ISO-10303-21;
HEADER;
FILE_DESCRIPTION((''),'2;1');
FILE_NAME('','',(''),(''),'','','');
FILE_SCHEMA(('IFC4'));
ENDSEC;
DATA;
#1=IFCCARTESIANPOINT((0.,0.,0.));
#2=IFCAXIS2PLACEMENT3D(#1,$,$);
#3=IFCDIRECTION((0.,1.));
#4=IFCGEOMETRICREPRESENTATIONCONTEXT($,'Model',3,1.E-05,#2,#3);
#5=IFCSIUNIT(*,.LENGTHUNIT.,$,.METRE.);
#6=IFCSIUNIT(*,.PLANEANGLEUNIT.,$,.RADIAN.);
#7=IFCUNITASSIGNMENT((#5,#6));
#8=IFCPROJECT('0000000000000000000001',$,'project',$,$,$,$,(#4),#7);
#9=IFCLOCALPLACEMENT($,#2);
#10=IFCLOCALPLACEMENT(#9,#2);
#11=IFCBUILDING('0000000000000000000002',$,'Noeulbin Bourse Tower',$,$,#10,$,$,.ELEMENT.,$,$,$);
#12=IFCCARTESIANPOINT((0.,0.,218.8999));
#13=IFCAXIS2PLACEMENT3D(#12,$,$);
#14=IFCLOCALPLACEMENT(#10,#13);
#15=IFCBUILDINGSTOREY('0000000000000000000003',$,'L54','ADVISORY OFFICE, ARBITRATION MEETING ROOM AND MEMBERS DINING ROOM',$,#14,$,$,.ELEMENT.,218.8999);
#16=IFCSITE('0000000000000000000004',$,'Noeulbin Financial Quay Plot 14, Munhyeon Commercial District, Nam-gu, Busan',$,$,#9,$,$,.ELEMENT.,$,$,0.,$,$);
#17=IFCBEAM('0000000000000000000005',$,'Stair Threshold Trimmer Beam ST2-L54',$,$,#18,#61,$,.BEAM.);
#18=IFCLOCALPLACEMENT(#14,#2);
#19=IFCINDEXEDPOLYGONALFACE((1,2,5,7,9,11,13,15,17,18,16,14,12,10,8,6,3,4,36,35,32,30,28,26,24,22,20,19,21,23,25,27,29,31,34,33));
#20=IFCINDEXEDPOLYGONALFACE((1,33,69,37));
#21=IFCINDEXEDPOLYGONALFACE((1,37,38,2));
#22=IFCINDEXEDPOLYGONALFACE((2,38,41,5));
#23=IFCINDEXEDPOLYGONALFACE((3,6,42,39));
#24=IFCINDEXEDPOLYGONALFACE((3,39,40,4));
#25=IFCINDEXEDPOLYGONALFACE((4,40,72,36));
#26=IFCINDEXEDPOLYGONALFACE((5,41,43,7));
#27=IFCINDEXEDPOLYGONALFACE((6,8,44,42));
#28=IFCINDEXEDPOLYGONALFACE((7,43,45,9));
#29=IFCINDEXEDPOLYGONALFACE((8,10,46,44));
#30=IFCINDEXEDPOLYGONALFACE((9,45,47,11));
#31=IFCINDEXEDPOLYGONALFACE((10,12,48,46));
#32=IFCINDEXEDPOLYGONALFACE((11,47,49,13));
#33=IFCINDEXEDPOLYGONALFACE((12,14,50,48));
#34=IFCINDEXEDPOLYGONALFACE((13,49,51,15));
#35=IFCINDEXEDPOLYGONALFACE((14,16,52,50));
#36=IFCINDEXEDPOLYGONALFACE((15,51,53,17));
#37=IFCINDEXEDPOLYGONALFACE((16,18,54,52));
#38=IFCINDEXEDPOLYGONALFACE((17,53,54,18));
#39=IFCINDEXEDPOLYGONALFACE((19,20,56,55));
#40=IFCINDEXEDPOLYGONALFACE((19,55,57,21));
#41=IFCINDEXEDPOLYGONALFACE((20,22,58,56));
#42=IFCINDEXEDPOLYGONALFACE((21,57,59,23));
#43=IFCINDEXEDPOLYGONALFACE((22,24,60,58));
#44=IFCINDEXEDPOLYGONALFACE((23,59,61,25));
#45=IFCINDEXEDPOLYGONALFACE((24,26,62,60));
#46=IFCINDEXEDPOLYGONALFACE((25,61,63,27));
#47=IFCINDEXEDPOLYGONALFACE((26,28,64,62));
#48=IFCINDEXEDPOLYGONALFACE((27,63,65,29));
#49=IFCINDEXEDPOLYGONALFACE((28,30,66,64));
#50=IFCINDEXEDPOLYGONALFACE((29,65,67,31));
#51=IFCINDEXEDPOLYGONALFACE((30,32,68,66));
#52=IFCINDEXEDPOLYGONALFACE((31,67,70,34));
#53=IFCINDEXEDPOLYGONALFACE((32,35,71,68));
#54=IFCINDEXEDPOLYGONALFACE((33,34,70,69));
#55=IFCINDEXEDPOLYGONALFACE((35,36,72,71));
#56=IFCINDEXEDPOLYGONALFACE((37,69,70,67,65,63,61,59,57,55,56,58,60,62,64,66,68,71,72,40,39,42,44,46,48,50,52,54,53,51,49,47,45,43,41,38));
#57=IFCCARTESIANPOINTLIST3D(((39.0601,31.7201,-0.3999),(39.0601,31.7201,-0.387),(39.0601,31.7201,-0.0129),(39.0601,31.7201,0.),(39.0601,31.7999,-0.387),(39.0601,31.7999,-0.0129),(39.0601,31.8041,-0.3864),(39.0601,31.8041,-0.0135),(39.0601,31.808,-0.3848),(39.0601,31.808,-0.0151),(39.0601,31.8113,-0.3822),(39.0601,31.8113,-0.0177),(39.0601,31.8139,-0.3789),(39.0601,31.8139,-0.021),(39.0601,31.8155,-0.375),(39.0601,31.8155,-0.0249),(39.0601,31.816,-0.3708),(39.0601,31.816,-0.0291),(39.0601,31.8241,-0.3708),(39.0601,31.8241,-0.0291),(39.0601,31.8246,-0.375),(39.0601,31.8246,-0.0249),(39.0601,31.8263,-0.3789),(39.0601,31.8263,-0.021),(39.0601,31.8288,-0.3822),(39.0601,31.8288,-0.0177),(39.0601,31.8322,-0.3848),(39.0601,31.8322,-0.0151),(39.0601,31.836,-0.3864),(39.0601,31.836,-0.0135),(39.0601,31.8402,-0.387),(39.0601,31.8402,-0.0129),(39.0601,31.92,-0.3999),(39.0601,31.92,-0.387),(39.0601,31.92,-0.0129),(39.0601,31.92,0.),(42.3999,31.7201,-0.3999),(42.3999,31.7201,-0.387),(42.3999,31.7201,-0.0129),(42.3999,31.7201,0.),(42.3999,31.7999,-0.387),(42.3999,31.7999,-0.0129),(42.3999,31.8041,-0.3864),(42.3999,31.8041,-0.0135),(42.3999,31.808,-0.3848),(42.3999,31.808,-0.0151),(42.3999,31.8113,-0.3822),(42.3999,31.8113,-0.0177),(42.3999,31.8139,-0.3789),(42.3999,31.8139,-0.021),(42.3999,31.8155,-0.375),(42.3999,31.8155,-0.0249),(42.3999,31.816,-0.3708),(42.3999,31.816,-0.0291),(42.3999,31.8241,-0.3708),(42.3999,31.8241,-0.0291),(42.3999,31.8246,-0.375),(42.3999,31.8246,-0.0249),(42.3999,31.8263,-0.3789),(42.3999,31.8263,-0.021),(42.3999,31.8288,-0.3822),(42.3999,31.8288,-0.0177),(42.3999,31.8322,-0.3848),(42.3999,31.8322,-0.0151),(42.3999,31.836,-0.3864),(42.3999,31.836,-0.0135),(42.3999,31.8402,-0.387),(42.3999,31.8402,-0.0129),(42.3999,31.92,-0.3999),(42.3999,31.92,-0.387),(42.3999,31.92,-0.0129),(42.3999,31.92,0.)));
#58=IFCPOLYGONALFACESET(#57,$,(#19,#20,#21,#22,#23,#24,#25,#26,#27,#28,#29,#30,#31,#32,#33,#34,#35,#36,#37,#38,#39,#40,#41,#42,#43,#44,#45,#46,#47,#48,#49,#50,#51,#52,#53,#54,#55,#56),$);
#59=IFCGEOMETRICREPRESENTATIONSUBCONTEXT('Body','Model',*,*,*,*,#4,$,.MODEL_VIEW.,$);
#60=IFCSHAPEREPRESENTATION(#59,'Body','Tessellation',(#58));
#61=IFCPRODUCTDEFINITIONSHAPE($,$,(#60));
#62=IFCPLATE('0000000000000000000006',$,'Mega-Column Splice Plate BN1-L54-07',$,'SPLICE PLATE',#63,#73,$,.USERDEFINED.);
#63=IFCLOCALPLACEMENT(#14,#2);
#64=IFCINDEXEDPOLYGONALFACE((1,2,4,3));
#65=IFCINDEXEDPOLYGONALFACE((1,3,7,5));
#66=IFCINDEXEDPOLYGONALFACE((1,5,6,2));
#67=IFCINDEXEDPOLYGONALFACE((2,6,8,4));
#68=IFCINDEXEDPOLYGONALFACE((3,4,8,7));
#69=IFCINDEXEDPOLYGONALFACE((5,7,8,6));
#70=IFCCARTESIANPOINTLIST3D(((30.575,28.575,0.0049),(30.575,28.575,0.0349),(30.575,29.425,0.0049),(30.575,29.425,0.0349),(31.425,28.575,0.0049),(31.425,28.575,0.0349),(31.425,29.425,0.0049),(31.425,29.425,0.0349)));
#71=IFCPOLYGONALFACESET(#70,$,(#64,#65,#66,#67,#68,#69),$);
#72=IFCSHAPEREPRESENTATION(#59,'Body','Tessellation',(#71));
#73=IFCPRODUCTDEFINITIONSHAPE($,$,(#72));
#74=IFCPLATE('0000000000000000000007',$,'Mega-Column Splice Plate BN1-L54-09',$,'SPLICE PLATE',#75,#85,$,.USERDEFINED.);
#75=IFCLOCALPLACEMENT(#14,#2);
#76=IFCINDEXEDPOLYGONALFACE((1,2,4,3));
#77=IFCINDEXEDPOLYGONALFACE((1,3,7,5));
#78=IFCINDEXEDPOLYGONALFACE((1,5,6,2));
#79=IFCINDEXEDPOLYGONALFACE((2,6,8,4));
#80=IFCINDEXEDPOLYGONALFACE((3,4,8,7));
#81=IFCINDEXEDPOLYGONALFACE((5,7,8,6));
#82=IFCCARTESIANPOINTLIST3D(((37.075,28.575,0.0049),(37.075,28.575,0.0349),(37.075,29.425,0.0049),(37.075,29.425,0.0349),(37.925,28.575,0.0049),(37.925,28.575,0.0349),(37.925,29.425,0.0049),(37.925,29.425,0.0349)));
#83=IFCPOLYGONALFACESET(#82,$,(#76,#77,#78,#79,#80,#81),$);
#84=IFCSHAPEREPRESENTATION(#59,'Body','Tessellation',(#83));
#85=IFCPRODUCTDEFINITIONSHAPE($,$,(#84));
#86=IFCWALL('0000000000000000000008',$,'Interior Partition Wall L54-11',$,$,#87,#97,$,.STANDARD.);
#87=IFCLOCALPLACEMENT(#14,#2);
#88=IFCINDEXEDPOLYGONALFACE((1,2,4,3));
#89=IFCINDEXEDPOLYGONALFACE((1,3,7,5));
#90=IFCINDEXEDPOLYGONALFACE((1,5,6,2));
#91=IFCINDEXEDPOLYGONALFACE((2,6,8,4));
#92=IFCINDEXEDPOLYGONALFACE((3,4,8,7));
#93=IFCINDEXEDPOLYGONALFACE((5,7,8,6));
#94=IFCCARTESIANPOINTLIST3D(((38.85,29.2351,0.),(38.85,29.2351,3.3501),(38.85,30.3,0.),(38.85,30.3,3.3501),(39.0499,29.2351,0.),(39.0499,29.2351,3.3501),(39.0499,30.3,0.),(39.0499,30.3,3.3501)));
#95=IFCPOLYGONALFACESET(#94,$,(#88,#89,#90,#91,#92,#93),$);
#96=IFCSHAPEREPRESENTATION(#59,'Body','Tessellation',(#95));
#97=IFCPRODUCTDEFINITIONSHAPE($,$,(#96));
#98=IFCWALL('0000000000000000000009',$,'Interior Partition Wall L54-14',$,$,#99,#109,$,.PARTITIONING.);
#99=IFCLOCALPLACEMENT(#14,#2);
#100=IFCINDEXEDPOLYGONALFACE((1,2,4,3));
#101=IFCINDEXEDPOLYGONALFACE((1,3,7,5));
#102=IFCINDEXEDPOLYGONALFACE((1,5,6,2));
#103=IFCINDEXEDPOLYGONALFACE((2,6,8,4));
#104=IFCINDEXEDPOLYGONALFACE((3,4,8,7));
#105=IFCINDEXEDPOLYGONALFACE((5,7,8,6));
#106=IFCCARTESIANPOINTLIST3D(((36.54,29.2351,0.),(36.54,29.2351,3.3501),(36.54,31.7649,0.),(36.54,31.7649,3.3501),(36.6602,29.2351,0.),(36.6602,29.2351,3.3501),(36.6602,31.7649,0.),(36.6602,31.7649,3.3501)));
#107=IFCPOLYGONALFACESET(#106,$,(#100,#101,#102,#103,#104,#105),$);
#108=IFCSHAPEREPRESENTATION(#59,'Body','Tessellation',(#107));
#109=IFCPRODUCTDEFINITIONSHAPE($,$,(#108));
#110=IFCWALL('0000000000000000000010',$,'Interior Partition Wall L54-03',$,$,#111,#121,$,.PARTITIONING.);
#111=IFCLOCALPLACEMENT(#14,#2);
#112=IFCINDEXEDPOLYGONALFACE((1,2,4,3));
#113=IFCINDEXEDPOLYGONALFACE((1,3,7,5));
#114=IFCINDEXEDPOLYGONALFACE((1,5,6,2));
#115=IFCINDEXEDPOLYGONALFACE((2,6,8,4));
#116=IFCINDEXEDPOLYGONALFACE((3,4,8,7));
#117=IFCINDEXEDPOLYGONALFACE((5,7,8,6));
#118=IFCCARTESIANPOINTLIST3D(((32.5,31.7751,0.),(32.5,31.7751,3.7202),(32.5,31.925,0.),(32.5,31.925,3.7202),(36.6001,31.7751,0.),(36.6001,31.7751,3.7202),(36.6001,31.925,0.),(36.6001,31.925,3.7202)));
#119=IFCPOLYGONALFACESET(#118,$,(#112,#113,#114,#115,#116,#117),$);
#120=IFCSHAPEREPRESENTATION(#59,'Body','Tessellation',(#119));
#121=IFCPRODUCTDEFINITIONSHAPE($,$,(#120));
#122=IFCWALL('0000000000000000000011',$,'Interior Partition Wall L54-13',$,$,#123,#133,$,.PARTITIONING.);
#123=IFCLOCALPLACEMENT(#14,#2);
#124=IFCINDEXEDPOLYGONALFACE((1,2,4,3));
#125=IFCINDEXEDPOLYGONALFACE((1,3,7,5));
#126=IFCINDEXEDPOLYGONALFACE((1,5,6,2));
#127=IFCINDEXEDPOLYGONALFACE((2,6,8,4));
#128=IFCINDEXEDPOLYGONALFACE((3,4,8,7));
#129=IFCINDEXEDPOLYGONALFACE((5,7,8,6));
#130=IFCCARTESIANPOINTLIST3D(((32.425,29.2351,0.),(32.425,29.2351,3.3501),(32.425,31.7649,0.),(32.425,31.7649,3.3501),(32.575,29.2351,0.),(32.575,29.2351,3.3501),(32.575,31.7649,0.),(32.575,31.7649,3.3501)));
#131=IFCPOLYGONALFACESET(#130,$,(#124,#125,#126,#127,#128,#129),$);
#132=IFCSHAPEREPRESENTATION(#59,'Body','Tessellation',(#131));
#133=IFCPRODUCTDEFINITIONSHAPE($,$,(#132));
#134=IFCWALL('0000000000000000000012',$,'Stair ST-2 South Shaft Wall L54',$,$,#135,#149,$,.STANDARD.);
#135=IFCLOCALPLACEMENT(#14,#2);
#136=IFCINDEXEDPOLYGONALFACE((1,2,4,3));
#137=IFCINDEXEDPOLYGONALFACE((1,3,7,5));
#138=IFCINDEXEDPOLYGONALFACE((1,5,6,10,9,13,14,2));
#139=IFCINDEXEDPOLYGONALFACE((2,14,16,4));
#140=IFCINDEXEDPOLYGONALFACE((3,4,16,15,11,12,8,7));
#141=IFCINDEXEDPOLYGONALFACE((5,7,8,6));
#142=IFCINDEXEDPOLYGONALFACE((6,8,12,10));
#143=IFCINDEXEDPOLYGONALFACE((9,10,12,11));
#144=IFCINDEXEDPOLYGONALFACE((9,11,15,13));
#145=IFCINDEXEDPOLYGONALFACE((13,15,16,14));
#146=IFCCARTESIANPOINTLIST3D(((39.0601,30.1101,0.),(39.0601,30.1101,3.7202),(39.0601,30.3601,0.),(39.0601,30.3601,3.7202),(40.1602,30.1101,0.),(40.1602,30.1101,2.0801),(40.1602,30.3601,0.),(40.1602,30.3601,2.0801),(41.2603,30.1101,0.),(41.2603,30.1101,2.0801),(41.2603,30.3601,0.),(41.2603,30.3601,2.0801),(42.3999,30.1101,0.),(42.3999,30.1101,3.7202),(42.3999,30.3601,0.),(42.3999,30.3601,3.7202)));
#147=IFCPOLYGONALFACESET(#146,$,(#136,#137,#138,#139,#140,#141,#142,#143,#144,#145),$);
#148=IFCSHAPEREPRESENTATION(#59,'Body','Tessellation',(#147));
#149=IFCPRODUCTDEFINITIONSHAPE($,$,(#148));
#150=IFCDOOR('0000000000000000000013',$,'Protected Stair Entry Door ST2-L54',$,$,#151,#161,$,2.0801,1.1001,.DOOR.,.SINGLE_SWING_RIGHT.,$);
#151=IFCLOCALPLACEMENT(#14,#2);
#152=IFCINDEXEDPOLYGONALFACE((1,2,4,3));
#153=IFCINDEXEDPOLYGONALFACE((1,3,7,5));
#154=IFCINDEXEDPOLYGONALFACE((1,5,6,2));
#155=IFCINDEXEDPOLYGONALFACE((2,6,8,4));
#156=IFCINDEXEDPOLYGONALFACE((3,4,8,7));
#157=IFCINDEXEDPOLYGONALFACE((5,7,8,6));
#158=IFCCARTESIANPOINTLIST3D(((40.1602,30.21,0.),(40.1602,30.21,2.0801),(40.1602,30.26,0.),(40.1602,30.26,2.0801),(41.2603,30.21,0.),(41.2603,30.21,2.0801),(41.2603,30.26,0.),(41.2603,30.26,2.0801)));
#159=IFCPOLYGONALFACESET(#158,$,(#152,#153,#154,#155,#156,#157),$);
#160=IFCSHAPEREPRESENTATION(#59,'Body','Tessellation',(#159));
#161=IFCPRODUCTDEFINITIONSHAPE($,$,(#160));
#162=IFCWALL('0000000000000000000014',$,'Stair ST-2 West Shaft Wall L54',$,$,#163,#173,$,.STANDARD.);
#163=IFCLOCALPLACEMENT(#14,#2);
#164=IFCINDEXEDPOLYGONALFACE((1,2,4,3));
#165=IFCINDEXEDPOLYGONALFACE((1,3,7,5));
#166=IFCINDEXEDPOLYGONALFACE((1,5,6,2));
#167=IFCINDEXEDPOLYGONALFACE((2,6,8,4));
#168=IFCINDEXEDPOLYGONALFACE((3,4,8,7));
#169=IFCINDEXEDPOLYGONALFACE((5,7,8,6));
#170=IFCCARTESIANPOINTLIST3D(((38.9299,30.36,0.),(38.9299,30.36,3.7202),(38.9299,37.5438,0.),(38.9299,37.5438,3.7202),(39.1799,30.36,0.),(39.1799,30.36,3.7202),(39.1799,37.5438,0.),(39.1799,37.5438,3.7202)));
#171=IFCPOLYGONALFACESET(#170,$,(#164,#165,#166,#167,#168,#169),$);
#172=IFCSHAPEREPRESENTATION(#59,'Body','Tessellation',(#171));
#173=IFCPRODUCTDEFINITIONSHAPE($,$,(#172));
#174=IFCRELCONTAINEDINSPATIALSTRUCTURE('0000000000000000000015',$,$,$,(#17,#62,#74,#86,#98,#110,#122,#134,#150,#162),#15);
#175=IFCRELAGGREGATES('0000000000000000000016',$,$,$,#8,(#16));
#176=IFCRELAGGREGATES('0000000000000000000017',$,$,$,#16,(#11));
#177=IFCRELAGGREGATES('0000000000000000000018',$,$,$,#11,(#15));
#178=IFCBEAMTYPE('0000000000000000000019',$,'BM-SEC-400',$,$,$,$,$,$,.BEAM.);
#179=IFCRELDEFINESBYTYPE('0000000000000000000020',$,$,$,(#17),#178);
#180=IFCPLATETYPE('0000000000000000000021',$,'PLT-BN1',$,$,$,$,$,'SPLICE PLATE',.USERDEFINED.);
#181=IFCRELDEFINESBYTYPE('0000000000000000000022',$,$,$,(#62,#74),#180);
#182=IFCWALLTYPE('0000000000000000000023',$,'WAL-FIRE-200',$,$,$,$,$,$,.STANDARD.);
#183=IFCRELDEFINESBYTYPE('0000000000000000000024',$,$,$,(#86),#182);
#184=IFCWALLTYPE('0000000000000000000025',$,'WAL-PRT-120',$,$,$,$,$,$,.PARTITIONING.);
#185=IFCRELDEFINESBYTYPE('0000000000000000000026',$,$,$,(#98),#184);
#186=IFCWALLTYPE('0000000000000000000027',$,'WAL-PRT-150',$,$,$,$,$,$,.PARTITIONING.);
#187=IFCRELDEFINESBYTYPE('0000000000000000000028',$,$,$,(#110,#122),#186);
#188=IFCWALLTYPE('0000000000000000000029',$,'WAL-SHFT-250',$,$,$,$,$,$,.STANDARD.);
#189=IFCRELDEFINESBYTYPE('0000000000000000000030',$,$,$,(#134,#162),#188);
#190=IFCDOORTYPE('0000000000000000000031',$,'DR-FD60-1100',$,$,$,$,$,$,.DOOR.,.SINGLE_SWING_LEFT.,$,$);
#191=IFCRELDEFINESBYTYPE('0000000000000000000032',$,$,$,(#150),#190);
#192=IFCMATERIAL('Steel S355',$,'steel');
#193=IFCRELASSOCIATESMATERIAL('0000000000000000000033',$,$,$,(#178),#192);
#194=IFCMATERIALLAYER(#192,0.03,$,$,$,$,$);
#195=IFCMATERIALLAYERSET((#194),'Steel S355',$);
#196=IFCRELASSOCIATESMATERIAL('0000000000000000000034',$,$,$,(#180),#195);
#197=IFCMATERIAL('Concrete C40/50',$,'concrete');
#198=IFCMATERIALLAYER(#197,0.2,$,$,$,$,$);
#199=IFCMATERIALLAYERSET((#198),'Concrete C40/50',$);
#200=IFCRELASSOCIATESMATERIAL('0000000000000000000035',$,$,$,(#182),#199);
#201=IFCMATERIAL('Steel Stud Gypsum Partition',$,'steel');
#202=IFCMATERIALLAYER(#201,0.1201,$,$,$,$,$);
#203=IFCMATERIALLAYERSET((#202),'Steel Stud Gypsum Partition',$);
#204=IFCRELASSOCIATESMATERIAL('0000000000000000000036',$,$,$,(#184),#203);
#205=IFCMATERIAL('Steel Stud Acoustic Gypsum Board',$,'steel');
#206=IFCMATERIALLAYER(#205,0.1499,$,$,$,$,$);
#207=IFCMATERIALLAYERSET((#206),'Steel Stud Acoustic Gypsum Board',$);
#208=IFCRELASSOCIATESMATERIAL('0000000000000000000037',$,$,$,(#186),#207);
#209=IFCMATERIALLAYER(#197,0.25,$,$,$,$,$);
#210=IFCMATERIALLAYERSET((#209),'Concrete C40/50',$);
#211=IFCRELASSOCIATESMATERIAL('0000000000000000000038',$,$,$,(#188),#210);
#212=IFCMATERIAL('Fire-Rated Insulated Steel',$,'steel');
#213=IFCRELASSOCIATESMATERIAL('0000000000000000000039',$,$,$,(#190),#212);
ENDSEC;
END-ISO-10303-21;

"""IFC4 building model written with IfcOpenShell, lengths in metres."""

from ifc_helpers import new_model, si_unit, direction, frame, frame_2d, origin, origin_2d, place, context, subcontext, project, spatial, rectangle, i_section, extrude, material, layer, layer_set, material_profile, profile_set, type_object, element, fill, save


model = new_model("IFC4")

# Units and contexts
model_context = context("Model", 3, precision=1e-05, world=origin(), true_north=direction((0.0, 1.0)))
body_context = subcontext(model_context, "Body", "Model", "MODEL_VIEW")
ifc_project = project(units=[si_unit("LENGTHUNIT", "METRE"), si_unit("PLANEANGLEUNIT", "RADIAN")], contexts=[model_context])

# Site, building, storey
site_placement = place(None, origin())
site = spatial("IfcSite", under=ifc_project, at=site_placement, Name="Noeulbin Financial Quay Plot 14, Munhyeon Commercial District, Nam-gu, Busan", CompositionType="ELEMENT", RefElevation=0.0)
building_placement = place(site_placement, origin())
building = spatial("IfcBuilding", under=site, at=building_placement, Name="Noeulbin Bourse Tower", CompositionType="ELEMENT")
storey_placement = place(building_placement, frame((0.0, 0.0, 218.8999)))
storey = spatial("IfcBuildingStorey", under=building, at=storey_placement, Name="L54", Description="ADVISORY OFFICE, ARBITRATION MEETING ROOM AND MEMBERS DINING ROOM", CompositionType="ELEMENT", Elevation=218.8999)

# Shared definitions
ifc_material_1 = material(Name="Steel S355", Category="steel")

# Beam
ifc_material_profile_1 = material_profile(ifc_material_1, i_section(OverallWidth=0.2, OverallDepth=0.3999, WebThickness=0.0081, FlangeThickness=0.0129, FilletRadius=0.0161, at=origin_2d()), Name="H-400x200x8x13", Category="LoadBearing")
ifc_profile_set_1 = profile_set([ifc_material_profile_1], Name="Steel S355")
beam_type_1 = type_object("IfcBeamType", Name="BM-SEC-400", PredefinedType="BEAM", material=ifc_profile_set_1)
beam_1_placement = place(storey_placement, frame((39.0601, 31.8201, -0.2), z_axis=(1.0, 0.0, 0.0), x_axis=(0.0, 1.0, 0.0)))
element("IfcBeam", 1, at=beam_1_placement, inside=storey, type_object=beam_type_1, Name="Stair Threshold Trimmer Beam ST2-L54", PredefinedType="BEAM", context=body_context, shape_type="SweptSolid", body=[
    extrude(i_section(OverallWidth=0.2, OverallDepth=0.3999, WebThickness=0.0081, FlangeThickness=0.0129, FilletRadius=0.0161, at=origin_2d()), origin(), (0.0, 0.0, 1.0), 3.3398),
])

# Plates
ifc_layer_1 = layer(ifc_material_1, 0.03)
ifc_layer_set_1 = layer_set([ifc_layer_1], Name="Steel S355")
plate_type = type_object("IfcPlateType", Name="PLT-BN1", ElementType="SPLICE PLATE", PredefinedType="USERDEFINED", material=ifc_layer_set_1)
for number, where, z_axis, x_axis, name in (
    (2, (31.0, 29.0, 0.0049), (0.0, 0.0, 1.0), (1.0, 0.0, 0.0), "Mega-Column Splice Plate BN1-L54-07"),
    (3, (37.5, 29.0, 0.0049), (0.0, 0.0, 1.0), (1.0, 0.0, 0.0), "Mega-Column Splice Plate BN1-L54-09"),
):
    element("IfcPlate", number, at=place(storey_placement, frame(where, z_axis=z_axis, x_axis=x_axis)), inside=storey, type_object=plate_type, Name=name, ObjectType="SPLICE PLATE", PredefinedType="USERDEFINED", context=body_context, shape_type="SweptSolid", body=[
        extrude(rectangle(XDim=0.8501, YDim=0.8501, at=origin_2d()), origin(), (0.0, 0.0, 1.0), 0.03),
    ])

# Walls
ifc_material_2 = material(Name="Concrete C40/50", Category="concrete")
ifc_layer_2 = layer(ifc_material_2, 0.2)
ifc_layer_set_2 = layer_set([ifc_layer_2], Name="Concrete C40/50")
wall_type_1 = type_object("IfcWallType", Name="WAL-FIRE-200", PredefinedType="STANDARD", material=ifc_layer_set_2)
wall_1_placement = place(storey_placement, frame((38.95, 29.2351, 0.0), z_axis=(0.0, 0.0, 1.0), x_axis=(0.0, 1.0, 0.0)))
element("IfcWall", 4, at=wall_1_placement, inside=storey, type_object=wall_type_1, Name="Interior Partition Wall L54-11", PredefinedType="STANDARD", context=body_context, shape_type="SweptSolid", body=[
    extrude(rectangle(XDim=1.0649, YDim=0.2, at=frame_2d((0.5325, 0.0))), origin(), (0.0, 0.0, 1.0), 3.3501),
])
ifc_material_3 = material(Name="Steel Stud Gypsum Partition", Category="steel")
ifc_layer_3 = layer(ifc_material_3, 0.1201)
ifc_layer_set_3 = layer_set([ifc_layer_3], Name="Steel Stud Gypsum Partition")
wall_type_2 = type_object("IfcWallType", Name="WAL-PRT-120", PredefinedType="PARTITIONING", material=ifc_layer_set_3)
wall_2_placement = place(storey_placement, frame((36.6001, 29.2351, 0.0), z_axis=(0.0, 0.0, 1.0), x_axis=(0.0, 1.0, 0.0)))
element("IfcWall", 5, at=wall_2_placement, inside=storey, type_object=wall_type_2, Name="Interior Partition Wall L54-14", PredefinedType="PARTITIONING", context=body_context, shape_type="SweptSolid", body=[
    extrude(rectangle(XDim=2.5298, YDim=0.1201, at=frame_2d((1.2649, 0.0))), origin(), (0.0, 0.0, 1.0), 3.3501),
])
ifc_material_4 = material(Name="Steel Stud Acoustic Gypsum Board", Category="steel")
ifc_layer_4 = layer(ifc_material_4, 0.1499)
ifc_layer_set_4 = layer_set([ifc_layer_4], Name="Steel Stud Acoustic Gypsum Board")
wall_type_3 = type_object("IfcWallType", Name="WAL-PRT-150", PredefinedType="PARTITIONING", material=ifc_layer_set_4)
wall_3_placement = place(storey_placement, frame((32.5, 31.8501, 0.0), z_axis=(0.0, 0.0, 1.0), x_axis=(1.0, 0.0, 0.0)))
element("IfcWall", 6, at=wall_3_placement, inside=storey, type_object=wall_type_3, Name="Interior Partition Wall L54-03", PredefinedType="PARTITIONING", context=body_context, shape_type="SweptSolid", body=[
    extrude(rectangle(XDim=4.1001, YDim=0.1499, at=frame_2d((2.05, 0.0))), origin(), (0.0, 0.0, 1.0), 3.7202),
])
wall_4_placement = place(storey_placement, frame((32.5, 29.2351, 0.0), z_axis=(0.0, 0.0, 1.0), x_axis=(0.0, 1.0, 0.0)))
element("IfcWall", 7, at=wall_4_placement, inside=storey, type_object=wall_type_3, Name="Interior Partition Wall L54-13", PredefinedType="PARTITIONING", context=body_context, shape_type="SweptSolid", body=[
    extrude(rectangle(XDim=2.5298, YDim=0.1499, at=frame_2d((1.2649, 0.0))), origin(), (0.0, 0.0, 1.0), 3.3501),
])

# Wall, opening, door
ifc_layer_5 = layer(ifc_material_2, 0.25)
ifc_layer_set_5 = layer_set([ifc_layer_5], Name="Concrete C40/50")
wall_type_4 = type_object("IfcWallType", Name="WAL-SHFT-250", PredefinedType="STANDARD", material=ifc_layer_set_5)
wall_5_placement = place(storey_placement, frame((39.0601, 30.2351, 0.0), z_axis=(0.0, 0.0, 1.0), x_axis=(1.0, 0.0, 0.0)))
wall_5 = element("IfcWall", 8, at=wall_5_placement, inside=storey, type_object=wall_type_4, Name="Stair ST-2 South Shaft Wall L54", PredefinedType="STANDARD", context=body_context, shape_type="SweptSolid", body=[
    extrude(rectangle(XDim=3.3398, YDim=0.25, at=frame_2d((1.6699, 0.0))), origin(), (0.0, 0.0, 1.0), 3.7202),
])
opening_1_placement = place(wall_5_placement, frame((1.1001, 0.0, 0.0)))
opening_1 = element("IfcOpeningElement", 9, at=opening_1_placement, cuts=wall_5, PredefinedType="OPENING", context=body_context, shape_type="SweptSolid", body=[
    extrude(rectangle(XDim=1.1001, YDim=2.0801, at=frame_2d((0.55, 1.04))), frame((0.0, 0.135, 0.0), z_axis=(0.0, -1.0, 0.0), x_axis=(1.0, 0.0, 0.0)), (0.0, 0.0, 1.0), 0.27),
])
ifc_material_5 = material(Name="Fire-Rated Insulated Steel", Category="steel")
door_type_1 = type_object("IfcDoorType", Name="DR-FD60-1100", OperationType="SINGLE_SWING_LEFT", PredefinedType="DOOR", material=ifc_material_5)
door_1_placement = place(opening_1_placement, origin())
door_1 = element("IfcDoor", 10, at=door_1_placement, inside=storey, type_object=door_type_1, Name="Protected Stair Entry Door ST2-L54", OperationType="SINGLE_SWING_RIGHT", OverallHeight=2.0801, OverallWidth=1.1001, PredefinedType="DOOR", context=body_context, shape_type="SweptSolid", body=[
    extrude(rectangle(XDim=1.1001, YDim=2.0801, at=frame_2d((0.55, 1.04))), frame((0.0, 0.0249, 0.0), z_axis=(0.0, -1.0, 0.0), x_axis=(1.0, 0.0, 0.0)), (0.0, 0.0, 1.0), 0.05),
])
fill(opening_1, door_1)

# Wall
wall_6_placement = place(storey_placement, frame((39.0549, 30.3601, 0.0), z_axis=(0.0, 0.0, 1.0), x_axis=(0.0, 1.0, 0.0)))
element("IfcWall", 11, at=wall_6_placement, inside=storey, type_object=wall_type_4, Name="Stair ST-2 West Shaft Wall L54", PredefinedType="STANDARD", context=body_context, shape_type="SweptSolid", body=[
    extrude(rectangle(XDim=7.1838, YDim=0.25, at=frame_2d((3.5918, 0.0))), origin(), (0.0, 0.0, 1.0), 3.7202),
])

save(model, "model.ifc")
